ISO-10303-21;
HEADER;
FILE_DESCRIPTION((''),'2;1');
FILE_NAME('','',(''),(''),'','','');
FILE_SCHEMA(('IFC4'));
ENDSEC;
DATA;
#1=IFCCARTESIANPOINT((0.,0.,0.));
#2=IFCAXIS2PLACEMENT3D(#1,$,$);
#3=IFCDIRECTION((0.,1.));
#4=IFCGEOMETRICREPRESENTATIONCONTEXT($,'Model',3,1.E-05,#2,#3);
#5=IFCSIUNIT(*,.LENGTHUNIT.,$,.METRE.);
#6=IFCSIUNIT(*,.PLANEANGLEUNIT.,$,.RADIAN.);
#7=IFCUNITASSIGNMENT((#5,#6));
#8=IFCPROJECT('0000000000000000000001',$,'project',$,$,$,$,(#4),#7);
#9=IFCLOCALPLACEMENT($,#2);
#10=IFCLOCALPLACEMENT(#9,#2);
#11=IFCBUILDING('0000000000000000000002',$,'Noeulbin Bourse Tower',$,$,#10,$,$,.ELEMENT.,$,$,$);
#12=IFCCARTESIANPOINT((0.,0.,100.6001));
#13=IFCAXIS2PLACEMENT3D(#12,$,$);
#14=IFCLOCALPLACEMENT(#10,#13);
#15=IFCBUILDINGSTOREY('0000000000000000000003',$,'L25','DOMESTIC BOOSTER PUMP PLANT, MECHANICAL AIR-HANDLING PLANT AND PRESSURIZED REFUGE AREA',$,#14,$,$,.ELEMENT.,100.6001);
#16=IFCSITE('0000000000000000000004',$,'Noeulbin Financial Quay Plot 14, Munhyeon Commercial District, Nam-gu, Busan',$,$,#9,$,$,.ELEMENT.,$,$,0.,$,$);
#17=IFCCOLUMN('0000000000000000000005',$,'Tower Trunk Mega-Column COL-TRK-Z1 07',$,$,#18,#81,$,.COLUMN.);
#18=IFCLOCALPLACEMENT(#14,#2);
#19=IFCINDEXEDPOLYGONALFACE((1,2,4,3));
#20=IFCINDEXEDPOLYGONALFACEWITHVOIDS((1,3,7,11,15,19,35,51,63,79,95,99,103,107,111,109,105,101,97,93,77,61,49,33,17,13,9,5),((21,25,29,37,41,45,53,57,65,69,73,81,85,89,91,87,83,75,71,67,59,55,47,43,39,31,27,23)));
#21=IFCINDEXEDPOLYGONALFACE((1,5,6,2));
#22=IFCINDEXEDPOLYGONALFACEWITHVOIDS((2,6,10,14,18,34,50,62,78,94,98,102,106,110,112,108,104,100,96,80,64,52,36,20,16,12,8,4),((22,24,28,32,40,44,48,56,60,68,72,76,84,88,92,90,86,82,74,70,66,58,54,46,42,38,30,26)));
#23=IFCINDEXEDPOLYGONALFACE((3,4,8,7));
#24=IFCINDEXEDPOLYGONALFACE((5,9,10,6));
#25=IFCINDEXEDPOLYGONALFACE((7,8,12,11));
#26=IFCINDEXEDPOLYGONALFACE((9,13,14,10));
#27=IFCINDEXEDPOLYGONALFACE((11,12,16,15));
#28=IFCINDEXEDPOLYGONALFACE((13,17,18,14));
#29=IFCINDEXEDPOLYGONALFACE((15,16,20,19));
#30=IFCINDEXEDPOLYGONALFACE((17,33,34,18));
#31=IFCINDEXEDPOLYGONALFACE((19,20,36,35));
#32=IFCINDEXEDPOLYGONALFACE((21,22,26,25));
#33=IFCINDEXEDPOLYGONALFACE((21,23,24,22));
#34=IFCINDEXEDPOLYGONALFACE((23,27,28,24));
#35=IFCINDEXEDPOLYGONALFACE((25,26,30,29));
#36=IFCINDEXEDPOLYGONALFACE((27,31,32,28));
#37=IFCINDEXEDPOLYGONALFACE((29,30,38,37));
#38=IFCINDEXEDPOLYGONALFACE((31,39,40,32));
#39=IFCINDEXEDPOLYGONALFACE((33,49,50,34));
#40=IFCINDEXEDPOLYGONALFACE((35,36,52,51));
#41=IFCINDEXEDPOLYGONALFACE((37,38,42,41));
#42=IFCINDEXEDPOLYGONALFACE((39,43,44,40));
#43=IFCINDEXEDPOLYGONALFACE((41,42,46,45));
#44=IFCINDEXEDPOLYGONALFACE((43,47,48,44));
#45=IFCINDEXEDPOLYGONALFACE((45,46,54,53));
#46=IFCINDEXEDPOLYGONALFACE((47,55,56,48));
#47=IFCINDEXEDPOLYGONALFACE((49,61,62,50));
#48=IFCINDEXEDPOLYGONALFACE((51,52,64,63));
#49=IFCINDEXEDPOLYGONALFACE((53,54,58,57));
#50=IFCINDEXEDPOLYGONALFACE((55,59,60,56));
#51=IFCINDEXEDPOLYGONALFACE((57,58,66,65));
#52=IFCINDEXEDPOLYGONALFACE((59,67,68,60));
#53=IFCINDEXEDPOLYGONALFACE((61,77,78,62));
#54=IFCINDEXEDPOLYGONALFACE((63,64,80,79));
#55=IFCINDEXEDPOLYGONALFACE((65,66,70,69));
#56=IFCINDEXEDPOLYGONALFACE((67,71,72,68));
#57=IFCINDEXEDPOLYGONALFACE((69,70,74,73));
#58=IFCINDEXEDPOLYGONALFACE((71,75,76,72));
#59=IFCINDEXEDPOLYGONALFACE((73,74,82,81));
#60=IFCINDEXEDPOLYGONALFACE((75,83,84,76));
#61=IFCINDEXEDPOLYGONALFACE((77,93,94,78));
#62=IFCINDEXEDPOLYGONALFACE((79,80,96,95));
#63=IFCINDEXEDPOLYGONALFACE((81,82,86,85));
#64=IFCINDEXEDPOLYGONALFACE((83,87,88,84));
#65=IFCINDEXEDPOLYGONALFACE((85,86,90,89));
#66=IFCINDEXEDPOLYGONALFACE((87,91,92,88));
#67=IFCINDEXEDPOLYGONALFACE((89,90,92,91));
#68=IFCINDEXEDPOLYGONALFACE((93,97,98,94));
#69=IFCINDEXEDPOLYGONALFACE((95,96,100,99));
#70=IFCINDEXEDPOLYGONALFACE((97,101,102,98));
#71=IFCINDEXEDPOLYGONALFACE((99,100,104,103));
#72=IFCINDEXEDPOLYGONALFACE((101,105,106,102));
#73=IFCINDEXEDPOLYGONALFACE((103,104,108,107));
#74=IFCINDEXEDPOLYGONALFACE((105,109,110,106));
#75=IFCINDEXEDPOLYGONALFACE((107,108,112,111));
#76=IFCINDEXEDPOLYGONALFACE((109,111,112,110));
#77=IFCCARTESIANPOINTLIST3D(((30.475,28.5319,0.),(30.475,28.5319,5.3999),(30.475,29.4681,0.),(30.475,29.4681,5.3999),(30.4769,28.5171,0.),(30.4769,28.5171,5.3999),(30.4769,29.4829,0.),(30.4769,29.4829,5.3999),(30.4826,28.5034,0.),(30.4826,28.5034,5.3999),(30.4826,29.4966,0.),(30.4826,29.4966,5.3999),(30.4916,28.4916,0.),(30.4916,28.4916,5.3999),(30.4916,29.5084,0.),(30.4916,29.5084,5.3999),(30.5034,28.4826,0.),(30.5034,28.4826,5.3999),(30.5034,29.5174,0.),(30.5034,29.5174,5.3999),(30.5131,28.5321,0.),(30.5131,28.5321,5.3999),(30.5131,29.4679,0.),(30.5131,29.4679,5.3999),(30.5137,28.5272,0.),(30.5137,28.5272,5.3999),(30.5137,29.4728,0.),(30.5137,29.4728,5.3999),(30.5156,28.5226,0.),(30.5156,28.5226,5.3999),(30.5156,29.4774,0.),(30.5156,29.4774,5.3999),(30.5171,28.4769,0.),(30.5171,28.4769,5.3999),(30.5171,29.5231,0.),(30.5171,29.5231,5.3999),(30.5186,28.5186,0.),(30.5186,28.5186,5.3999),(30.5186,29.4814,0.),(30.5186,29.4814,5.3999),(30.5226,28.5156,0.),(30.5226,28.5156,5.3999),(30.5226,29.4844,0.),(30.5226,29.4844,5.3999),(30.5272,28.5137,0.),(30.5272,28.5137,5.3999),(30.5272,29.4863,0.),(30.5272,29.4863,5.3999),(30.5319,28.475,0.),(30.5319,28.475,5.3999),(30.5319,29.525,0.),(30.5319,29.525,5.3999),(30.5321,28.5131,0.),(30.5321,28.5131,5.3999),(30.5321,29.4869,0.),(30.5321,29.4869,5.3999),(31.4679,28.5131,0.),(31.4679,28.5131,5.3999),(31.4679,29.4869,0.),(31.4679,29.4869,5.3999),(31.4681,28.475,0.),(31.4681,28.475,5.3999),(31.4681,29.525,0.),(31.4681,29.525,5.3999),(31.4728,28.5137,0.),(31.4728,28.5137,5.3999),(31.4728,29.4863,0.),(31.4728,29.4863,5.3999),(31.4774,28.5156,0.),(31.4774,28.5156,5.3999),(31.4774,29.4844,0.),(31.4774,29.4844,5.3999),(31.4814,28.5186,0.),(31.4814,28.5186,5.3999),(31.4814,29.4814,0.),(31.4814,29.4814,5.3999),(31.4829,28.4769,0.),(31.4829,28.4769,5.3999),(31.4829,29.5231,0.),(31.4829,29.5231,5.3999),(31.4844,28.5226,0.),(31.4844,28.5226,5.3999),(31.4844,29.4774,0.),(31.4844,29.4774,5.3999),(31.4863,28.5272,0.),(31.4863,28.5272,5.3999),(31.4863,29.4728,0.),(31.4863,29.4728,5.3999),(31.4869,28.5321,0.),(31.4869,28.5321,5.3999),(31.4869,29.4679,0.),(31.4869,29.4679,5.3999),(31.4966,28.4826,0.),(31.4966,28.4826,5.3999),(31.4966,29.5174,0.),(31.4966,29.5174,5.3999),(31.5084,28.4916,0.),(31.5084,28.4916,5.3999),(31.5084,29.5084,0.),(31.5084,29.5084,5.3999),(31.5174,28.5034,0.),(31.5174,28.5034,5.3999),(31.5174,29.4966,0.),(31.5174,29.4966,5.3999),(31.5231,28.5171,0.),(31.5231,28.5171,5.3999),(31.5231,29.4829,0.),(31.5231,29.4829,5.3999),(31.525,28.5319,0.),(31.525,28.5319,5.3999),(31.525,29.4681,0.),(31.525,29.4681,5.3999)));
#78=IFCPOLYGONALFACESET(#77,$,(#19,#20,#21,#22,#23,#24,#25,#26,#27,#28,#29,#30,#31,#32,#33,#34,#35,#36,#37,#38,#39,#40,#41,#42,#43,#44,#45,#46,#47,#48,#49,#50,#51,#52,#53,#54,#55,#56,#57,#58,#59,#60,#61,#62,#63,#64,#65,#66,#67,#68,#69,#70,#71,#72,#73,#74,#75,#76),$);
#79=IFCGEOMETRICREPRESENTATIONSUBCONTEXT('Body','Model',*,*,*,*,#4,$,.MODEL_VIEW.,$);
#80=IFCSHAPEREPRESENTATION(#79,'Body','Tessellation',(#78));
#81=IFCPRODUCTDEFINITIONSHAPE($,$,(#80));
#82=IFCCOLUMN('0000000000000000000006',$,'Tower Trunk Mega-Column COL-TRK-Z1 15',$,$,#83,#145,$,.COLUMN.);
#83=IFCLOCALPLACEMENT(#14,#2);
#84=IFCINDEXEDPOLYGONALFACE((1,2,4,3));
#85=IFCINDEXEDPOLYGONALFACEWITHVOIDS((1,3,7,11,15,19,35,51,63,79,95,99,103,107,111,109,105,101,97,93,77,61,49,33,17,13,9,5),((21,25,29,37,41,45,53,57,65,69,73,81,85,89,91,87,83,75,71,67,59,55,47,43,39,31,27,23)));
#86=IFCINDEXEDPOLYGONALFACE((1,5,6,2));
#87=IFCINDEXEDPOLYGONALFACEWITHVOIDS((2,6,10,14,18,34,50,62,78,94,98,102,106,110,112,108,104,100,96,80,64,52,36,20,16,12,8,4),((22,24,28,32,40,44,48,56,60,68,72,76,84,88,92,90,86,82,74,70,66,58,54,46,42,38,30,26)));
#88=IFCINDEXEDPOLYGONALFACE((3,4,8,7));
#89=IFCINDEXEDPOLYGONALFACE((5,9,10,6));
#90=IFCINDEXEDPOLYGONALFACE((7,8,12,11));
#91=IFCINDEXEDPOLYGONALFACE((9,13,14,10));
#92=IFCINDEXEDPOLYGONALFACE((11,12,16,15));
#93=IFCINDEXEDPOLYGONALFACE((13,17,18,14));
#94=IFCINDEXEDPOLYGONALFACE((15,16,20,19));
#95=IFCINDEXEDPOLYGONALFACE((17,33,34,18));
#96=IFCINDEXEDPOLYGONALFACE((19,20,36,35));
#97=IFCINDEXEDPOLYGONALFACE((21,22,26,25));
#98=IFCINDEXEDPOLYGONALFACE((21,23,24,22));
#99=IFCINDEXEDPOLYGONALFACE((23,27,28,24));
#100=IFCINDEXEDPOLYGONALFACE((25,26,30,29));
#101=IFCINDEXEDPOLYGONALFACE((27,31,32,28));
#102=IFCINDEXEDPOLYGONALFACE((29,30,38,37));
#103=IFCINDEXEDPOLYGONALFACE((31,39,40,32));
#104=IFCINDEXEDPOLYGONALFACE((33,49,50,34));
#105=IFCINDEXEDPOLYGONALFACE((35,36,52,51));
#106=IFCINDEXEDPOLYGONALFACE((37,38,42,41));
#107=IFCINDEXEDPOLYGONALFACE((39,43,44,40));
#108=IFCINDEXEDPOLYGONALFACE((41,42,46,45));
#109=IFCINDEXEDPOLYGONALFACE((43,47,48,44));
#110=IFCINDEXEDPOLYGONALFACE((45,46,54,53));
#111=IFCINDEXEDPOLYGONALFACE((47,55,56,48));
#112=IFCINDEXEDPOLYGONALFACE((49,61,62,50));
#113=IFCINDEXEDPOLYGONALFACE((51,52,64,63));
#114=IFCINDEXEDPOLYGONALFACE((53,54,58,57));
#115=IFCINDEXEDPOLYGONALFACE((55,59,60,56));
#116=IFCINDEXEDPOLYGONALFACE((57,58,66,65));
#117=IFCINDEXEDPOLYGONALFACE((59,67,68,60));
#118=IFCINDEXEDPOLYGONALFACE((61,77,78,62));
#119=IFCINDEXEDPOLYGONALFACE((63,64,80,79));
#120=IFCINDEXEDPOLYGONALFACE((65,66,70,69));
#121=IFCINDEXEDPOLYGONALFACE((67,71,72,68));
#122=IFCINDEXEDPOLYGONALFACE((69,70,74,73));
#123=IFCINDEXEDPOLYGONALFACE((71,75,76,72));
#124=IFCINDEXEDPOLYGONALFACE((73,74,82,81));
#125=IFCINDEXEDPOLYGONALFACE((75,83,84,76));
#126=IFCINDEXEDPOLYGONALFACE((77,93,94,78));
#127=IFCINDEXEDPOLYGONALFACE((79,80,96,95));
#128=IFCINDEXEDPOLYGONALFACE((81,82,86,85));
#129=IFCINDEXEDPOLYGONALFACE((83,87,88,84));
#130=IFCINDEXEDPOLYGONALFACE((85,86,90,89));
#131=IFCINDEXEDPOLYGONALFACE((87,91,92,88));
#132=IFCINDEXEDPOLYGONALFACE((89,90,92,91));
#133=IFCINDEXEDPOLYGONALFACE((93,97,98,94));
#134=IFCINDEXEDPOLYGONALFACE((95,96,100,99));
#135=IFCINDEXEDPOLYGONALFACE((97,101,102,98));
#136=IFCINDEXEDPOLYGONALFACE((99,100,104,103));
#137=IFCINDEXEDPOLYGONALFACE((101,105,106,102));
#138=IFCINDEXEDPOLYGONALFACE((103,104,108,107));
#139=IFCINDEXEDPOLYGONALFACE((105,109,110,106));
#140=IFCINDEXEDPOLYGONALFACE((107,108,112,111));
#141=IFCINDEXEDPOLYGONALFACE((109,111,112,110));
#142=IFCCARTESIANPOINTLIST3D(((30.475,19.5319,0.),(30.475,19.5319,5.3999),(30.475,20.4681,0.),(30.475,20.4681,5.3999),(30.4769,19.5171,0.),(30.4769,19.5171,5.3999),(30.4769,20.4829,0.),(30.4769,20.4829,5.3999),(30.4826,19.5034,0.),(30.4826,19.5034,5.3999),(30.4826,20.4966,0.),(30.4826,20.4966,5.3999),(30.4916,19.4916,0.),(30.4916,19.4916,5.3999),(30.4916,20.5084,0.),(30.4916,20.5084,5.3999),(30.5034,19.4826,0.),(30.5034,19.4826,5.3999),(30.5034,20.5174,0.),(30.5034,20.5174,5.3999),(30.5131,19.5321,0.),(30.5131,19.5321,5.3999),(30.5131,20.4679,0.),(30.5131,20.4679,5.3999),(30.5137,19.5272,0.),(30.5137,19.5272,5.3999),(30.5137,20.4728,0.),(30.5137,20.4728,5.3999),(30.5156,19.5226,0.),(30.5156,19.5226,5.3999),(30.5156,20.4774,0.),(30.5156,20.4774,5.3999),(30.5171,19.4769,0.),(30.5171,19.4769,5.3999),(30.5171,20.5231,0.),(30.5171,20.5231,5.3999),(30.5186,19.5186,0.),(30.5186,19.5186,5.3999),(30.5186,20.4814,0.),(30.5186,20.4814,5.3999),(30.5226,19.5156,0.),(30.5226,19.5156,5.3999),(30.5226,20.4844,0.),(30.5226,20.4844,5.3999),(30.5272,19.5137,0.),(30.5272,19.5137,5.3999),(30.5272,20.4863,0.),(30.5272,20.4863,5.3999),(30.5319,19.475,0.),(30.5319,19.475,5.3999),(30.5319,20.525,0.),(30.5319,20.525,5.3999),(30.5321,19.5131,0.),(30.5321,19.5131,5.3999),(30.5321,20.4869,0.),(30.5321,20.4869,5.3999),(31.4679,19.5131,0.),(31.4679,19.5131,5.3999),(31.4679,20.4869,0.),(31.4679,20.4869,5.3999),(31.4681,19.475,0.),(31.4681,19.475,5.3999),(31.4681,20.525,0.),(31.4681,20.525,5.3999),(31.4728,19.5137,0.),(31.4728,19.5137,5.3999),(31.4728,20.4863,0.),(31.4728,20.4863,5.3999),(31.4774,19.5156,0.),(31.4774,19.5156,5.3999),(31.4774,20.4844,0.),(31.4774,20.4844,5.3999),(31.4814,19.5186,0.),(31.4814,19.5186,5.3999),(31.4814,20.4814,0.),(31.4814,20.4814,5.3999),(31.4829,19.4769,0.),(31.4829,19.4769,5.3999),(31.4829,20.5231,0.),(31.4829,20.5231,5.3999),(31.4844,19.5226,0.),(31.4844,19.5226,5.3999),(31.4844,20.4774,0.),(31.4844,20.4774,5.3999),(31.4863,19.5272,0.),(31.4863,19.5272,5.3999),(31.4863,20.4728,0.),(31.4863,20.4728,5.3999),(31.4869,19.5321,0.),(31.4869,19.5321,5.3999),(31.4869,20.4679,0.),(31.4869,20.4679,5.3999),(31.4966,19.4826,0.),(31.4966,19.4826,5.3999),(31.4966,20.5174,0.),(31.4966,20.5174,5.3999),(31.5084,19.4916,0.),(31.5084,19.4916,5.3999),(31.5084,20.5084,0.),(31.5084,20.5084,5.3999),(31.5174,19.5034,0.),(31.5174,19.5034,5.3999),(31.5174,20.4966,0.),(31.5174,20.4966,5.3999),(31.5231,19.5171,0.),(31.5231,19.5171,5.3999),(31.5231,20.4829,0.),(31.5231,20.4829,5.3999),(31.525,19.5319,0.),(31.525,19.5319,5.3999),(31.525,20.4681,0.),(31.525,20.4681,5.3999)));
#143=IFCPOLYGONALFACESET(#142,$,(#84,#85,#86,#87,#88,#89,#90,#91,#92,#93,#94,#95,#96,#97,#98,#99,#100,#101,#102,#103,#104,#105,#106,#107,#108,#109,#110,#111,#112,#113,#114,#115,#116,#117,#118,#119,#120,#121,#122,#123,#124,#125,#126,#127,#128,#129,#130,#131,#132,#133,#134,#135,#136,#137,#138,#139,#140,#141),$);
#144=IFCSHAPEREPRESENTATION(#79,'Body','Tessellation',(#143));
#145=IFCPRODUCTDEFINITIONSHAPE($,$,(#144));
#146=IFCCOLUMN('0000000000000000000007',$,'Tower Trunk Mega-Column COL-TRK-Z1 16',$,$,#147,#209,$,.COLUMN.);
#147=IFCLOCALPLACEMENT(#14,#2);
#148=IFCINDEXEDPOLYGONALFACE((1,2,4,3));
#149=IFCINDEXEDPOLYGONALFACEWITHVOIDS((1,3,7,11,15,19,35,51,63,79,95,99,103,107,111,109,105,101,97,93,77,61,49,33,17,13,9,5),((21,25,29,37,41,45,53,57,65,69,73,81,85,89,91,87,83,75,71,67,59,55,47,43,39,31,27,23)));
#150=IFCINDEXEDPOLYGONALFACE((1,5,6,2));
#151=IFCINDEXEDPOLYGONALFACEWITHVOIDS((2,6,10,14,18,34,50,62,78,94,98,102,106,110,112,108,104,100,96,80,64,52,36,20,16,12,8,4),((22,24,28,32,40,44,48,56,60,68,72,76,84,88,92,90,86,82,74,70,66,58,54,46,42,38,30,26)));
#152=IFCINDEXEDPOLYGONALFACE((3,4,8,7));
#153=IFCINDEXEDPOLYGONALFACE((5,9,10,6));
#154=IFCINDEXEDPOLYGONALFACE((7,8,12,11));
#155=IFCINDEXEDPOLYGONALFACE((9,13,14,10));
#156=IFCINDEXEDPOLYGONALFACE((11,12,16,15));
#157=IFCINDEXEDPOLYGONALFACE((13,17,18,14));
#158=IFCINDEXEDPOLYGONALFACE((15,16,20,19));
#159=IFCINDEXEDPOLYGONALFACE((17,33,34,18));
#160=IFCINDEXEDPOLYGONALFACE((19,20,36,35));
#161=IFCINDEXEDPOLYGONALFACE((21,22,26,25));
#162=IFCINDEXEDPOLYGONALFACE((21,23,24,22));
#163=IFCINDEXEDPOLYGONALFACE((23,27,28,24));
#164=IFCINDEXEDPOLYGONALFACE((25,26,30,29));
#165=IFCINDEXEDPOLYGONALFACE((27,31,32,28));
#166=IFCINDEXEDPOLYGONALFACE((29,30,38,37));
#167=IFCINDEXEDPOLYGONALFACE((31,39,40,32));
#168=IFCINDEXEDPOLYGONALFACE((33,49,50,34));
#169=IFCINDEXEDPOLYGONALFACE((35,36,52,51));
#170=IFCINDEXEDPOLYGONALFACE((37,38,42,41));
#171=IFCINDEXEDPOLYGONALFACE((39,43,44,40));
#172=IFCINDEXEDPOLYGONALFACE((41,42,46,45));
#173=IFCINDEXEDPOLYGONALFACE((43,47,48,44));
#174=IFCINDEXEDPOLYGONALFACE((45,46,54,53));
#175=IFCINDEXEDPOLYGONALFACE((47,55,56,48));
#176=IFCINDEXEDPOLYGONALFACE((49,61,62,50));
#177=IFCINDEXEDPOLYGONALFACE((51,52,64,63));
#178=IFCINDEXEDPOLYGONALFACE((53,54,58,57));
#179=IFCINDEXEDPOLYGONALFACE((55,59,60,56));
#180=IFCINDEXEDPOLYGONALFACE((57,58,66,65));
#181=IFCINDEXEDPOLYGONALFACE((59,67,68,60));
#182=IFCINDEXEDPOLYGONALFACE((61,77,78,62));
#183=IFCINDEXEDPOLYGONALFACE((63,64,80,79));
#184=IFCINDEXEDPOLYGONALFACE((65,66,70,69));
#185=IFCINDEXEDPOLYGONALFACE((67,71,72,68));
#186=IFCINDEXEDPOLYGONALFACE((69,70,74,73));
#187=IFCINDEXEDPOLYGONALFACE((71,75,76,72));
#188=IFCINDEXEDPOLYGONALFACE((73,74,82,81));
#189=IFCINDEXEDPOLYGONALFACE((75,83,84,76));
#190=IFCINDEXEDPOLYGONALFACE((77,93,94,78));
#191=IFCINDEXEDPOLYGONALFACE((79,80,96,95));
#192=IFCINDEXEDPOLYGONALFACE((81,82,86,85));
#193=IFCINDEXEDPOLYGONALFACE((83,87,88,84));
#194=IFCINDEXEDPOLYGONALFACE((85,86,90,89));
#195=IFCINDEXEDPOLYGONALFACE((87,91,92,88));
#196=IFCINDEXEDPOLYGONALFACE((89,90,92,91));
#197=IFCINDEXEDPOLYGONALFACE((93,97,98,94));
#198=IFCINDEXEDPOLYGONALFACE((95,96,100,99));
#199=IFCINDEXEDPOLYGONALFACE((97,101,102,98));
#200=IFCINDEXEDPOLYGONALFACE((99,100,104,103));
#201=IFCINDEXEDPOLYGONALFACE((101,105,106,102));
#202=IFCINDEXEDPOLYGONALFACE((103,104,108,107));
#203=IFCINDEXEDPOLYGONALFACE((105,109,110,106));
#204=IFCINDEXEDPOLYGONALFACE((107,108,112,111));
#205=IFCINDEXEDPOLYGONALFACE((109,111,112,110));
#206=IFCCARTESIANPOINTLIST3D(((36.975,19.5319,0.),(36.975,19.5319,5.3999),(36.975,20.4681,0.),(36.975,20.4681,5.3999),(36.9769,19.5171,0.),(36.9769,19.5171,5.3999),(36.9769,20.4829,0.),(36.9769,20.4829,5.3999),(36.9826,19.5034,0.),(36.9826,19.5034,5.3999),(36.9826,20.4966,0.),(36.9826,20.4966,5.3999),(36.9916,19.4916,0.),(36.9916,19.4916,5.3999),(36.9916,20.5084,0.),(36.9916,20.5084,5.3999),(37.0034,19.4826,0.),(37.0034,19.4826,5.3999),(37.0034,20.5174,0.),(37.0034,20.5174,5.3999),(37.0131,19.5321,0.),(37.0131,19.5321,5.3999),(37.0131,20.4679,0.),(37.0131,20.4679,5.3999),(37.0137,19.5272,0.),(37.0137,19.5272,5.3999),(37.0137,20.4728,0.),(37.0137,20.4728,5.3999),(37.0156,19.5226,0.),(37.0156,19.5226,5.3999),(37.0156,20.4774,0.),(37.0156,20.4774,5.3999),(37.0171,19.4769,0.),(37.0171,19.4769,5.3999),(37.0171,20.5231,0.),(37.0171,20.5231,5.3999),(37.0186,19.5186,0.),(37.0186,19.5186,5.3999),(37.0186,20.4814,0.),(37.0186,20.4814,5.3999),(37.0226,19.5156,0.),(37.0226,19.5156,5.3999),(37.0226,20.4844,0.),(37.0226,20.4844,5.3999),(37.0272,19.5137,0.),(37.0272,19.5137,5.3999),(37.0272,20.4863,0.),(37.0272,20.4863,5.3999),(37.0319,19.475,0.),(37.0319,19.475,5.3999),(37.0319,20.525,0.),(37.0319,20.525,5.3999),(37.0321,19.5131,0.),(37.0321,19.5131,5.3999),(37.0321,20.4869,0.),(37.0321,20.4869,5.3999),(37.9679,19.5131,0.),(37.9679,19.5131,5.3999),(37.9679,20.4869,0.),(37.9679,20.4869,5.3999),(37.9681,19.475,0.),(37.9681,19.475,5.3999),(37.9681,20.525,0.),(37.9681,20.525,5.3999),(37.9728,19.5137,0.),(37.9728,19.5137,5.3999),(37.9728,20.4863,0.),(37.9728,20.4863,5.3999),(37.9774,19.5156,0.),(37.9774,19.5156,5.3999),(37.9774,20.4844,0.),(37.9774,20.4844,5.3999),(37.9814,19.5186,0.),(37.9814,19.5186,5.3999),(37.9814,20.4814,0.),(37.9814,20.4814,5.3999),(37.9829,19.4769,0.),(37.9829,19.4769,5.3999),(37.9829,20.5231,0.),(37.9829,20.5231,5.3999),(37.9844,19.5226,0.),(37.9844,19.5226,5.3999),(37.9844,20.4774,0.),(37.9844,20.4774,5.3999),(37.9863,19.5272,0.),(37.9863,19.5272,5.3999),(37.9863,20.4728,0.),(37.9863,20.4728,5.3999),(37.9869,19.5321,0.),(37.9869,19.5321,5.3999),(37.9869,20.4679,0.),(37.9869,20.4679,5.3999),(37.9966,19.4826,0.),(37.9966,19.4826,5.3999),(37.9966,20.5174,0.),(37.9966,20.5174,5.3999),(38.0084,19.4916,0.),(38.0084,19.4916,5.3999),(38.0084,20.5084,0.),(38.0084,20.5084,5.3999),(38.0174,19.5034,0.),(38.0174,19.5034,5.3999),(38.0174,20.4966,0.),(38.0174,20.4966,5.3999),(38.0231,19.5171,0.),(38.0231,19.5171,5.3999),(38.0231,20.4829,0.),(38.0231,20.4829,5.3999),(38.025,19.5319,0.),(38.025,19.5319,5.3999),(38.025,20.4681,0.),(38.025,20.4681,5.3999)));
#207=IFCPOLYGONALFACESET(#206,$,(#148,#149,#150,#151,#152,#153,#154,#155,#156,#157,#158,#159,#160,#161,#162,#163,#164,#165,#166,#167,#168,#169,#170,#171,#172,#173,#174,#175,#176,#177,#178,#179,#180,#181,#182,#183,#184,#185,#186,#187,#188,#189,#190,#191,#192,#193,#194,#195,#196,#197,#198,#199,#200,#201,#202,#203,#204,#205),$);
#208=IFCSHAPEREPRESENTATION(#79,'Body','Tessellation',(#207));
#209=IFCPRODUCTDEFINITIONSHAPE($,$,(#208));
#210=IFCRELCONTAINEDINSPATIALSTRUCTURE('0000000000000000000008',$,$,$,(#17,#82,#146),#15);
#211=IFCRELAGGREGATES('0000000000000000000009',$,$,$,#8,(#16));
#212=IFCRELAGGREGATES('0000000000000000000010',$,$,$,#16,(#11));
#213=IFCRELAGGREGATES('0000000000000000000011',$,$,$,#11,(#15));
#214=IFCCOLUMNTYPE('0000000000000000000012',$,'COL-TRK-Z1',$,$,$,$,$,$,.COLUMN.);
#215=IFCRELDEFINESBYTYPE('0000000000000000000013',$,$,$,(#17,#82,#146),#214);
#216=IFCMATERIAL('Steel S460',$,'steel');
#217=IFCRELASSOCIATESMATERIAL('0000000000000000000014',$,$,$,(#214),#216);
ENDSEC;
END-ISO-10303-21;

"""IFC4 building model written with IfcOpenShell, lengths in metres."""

from ifc_helpers import new_model, si_unit, direction, frame, origin, origin_2d, place, context, subcontext, project, spatial, hollow_rectangle, extrude, material, material_profile, profile_set, type_object, element, save


model = new_model("IFC4")

# Units and contexts
model_context = context("Model", 3, precision=1e-05, world=origin(), true_north=direction((0.0, 1.0)))
body_context = subcontext(model_context, "Body", "Model", "MODEL_VIEW")
ifc_project = project(units=[si_unit("LENGTHUNIT", "METRE"), si_unit("PLANEANGLEUNIT", "RADIAN")], contexts=[model_context])

# Site, building, storey
site_placement = place(None, origin())
site = spatial("IfcSite", under=ifc_project, at=site_placement, Name="Noeulbin Financial Quay Plot 14, Munhyeon Commercial District, Nam-gu, Busan", CompositionType="ELEMENT", RefElevation=0.0)
building_placement = place(site_placement, origin())
building = spatial("IfcBuilding", under=site, at=building_placement, Name="Noeulbin Bourse Tower", CompositionType="ELEMENT")
storey_placement = place(building_placement, frame((0.0, 0.0, 100.6001)))
storey = spatial("IfcBuildingStorey", under=building, at=storey_placement, Name="L25", Description="DOMESTIC BOOSTER PUMP PLANT, MECHANICAL AIR-HANDLING PLANT AND PRESSURIZED REFUGE AREA", CompositionType="ELEMENT", Elevation=100.6001)

# Columns
ifc_material_1 = material(Name="Steel S460", Category="steel")
ifc_material_profile_1 = material_profile(ifc_material_1, hollow_rectangle(XDim=1.05, YDim=1.05, WallThickness=0.0381, InnerFilletRadius=0.019, OuterFilletRadius=0.0569, at=origin_2d()), Name="BOX-1050x1050x38", Category="LoadBearing")
ifc_profile_set_1 = profile_set([ifc_material_profile_1], Name="Steel S460")
column_type = type_object("IfcColumnType", Name="COL-TRK-Z1", PredefinedType="COLUMN", material=ifc_profile_set_1)
for number, where, z_axis, x_axis, name in (
    (1, (31.0, 29.0, 0.0), (0.0, 0.0, 1.0), (1.0, 0.0, 0.0), "Tower Trunk Mega-Column COL-TRK-Z1 07"),
    (2, (31.0, 20.0, 0.0), (0.0, 0.0, 1.0), (1.0, 0.0, 0.0), "Tower Trunk Mega-Column COL-TRK-Z1 15"),
    (3, (37.5, 20.0, 0.0), (0.0, 0.0, 1.0), (1.0, 0.0, 0.0), "Tower Trunk Mega-Column COL-TRK-Z1 16"),
):
    element("IfcColumn", number, at=place(storey_placement, frame(where, z_axis=z_axis, x_axis=x_axis)), inside=storey, type_object=column_type, Name=name, PredefinedType="COLUMN", context=body_context, shape_type="SweptSolid", body=[
        extrude(hollow_rectangle(XDim=1.05, YDim=1.05, WallThickness=0.0381, InnerFilletRadius=0.019, OuterFilletRadius=0.0569, at=origin_2d()), origin(), (0.0, 0.0, 1.0), 5.3999),
    ])

save(model, "model.ifc")
